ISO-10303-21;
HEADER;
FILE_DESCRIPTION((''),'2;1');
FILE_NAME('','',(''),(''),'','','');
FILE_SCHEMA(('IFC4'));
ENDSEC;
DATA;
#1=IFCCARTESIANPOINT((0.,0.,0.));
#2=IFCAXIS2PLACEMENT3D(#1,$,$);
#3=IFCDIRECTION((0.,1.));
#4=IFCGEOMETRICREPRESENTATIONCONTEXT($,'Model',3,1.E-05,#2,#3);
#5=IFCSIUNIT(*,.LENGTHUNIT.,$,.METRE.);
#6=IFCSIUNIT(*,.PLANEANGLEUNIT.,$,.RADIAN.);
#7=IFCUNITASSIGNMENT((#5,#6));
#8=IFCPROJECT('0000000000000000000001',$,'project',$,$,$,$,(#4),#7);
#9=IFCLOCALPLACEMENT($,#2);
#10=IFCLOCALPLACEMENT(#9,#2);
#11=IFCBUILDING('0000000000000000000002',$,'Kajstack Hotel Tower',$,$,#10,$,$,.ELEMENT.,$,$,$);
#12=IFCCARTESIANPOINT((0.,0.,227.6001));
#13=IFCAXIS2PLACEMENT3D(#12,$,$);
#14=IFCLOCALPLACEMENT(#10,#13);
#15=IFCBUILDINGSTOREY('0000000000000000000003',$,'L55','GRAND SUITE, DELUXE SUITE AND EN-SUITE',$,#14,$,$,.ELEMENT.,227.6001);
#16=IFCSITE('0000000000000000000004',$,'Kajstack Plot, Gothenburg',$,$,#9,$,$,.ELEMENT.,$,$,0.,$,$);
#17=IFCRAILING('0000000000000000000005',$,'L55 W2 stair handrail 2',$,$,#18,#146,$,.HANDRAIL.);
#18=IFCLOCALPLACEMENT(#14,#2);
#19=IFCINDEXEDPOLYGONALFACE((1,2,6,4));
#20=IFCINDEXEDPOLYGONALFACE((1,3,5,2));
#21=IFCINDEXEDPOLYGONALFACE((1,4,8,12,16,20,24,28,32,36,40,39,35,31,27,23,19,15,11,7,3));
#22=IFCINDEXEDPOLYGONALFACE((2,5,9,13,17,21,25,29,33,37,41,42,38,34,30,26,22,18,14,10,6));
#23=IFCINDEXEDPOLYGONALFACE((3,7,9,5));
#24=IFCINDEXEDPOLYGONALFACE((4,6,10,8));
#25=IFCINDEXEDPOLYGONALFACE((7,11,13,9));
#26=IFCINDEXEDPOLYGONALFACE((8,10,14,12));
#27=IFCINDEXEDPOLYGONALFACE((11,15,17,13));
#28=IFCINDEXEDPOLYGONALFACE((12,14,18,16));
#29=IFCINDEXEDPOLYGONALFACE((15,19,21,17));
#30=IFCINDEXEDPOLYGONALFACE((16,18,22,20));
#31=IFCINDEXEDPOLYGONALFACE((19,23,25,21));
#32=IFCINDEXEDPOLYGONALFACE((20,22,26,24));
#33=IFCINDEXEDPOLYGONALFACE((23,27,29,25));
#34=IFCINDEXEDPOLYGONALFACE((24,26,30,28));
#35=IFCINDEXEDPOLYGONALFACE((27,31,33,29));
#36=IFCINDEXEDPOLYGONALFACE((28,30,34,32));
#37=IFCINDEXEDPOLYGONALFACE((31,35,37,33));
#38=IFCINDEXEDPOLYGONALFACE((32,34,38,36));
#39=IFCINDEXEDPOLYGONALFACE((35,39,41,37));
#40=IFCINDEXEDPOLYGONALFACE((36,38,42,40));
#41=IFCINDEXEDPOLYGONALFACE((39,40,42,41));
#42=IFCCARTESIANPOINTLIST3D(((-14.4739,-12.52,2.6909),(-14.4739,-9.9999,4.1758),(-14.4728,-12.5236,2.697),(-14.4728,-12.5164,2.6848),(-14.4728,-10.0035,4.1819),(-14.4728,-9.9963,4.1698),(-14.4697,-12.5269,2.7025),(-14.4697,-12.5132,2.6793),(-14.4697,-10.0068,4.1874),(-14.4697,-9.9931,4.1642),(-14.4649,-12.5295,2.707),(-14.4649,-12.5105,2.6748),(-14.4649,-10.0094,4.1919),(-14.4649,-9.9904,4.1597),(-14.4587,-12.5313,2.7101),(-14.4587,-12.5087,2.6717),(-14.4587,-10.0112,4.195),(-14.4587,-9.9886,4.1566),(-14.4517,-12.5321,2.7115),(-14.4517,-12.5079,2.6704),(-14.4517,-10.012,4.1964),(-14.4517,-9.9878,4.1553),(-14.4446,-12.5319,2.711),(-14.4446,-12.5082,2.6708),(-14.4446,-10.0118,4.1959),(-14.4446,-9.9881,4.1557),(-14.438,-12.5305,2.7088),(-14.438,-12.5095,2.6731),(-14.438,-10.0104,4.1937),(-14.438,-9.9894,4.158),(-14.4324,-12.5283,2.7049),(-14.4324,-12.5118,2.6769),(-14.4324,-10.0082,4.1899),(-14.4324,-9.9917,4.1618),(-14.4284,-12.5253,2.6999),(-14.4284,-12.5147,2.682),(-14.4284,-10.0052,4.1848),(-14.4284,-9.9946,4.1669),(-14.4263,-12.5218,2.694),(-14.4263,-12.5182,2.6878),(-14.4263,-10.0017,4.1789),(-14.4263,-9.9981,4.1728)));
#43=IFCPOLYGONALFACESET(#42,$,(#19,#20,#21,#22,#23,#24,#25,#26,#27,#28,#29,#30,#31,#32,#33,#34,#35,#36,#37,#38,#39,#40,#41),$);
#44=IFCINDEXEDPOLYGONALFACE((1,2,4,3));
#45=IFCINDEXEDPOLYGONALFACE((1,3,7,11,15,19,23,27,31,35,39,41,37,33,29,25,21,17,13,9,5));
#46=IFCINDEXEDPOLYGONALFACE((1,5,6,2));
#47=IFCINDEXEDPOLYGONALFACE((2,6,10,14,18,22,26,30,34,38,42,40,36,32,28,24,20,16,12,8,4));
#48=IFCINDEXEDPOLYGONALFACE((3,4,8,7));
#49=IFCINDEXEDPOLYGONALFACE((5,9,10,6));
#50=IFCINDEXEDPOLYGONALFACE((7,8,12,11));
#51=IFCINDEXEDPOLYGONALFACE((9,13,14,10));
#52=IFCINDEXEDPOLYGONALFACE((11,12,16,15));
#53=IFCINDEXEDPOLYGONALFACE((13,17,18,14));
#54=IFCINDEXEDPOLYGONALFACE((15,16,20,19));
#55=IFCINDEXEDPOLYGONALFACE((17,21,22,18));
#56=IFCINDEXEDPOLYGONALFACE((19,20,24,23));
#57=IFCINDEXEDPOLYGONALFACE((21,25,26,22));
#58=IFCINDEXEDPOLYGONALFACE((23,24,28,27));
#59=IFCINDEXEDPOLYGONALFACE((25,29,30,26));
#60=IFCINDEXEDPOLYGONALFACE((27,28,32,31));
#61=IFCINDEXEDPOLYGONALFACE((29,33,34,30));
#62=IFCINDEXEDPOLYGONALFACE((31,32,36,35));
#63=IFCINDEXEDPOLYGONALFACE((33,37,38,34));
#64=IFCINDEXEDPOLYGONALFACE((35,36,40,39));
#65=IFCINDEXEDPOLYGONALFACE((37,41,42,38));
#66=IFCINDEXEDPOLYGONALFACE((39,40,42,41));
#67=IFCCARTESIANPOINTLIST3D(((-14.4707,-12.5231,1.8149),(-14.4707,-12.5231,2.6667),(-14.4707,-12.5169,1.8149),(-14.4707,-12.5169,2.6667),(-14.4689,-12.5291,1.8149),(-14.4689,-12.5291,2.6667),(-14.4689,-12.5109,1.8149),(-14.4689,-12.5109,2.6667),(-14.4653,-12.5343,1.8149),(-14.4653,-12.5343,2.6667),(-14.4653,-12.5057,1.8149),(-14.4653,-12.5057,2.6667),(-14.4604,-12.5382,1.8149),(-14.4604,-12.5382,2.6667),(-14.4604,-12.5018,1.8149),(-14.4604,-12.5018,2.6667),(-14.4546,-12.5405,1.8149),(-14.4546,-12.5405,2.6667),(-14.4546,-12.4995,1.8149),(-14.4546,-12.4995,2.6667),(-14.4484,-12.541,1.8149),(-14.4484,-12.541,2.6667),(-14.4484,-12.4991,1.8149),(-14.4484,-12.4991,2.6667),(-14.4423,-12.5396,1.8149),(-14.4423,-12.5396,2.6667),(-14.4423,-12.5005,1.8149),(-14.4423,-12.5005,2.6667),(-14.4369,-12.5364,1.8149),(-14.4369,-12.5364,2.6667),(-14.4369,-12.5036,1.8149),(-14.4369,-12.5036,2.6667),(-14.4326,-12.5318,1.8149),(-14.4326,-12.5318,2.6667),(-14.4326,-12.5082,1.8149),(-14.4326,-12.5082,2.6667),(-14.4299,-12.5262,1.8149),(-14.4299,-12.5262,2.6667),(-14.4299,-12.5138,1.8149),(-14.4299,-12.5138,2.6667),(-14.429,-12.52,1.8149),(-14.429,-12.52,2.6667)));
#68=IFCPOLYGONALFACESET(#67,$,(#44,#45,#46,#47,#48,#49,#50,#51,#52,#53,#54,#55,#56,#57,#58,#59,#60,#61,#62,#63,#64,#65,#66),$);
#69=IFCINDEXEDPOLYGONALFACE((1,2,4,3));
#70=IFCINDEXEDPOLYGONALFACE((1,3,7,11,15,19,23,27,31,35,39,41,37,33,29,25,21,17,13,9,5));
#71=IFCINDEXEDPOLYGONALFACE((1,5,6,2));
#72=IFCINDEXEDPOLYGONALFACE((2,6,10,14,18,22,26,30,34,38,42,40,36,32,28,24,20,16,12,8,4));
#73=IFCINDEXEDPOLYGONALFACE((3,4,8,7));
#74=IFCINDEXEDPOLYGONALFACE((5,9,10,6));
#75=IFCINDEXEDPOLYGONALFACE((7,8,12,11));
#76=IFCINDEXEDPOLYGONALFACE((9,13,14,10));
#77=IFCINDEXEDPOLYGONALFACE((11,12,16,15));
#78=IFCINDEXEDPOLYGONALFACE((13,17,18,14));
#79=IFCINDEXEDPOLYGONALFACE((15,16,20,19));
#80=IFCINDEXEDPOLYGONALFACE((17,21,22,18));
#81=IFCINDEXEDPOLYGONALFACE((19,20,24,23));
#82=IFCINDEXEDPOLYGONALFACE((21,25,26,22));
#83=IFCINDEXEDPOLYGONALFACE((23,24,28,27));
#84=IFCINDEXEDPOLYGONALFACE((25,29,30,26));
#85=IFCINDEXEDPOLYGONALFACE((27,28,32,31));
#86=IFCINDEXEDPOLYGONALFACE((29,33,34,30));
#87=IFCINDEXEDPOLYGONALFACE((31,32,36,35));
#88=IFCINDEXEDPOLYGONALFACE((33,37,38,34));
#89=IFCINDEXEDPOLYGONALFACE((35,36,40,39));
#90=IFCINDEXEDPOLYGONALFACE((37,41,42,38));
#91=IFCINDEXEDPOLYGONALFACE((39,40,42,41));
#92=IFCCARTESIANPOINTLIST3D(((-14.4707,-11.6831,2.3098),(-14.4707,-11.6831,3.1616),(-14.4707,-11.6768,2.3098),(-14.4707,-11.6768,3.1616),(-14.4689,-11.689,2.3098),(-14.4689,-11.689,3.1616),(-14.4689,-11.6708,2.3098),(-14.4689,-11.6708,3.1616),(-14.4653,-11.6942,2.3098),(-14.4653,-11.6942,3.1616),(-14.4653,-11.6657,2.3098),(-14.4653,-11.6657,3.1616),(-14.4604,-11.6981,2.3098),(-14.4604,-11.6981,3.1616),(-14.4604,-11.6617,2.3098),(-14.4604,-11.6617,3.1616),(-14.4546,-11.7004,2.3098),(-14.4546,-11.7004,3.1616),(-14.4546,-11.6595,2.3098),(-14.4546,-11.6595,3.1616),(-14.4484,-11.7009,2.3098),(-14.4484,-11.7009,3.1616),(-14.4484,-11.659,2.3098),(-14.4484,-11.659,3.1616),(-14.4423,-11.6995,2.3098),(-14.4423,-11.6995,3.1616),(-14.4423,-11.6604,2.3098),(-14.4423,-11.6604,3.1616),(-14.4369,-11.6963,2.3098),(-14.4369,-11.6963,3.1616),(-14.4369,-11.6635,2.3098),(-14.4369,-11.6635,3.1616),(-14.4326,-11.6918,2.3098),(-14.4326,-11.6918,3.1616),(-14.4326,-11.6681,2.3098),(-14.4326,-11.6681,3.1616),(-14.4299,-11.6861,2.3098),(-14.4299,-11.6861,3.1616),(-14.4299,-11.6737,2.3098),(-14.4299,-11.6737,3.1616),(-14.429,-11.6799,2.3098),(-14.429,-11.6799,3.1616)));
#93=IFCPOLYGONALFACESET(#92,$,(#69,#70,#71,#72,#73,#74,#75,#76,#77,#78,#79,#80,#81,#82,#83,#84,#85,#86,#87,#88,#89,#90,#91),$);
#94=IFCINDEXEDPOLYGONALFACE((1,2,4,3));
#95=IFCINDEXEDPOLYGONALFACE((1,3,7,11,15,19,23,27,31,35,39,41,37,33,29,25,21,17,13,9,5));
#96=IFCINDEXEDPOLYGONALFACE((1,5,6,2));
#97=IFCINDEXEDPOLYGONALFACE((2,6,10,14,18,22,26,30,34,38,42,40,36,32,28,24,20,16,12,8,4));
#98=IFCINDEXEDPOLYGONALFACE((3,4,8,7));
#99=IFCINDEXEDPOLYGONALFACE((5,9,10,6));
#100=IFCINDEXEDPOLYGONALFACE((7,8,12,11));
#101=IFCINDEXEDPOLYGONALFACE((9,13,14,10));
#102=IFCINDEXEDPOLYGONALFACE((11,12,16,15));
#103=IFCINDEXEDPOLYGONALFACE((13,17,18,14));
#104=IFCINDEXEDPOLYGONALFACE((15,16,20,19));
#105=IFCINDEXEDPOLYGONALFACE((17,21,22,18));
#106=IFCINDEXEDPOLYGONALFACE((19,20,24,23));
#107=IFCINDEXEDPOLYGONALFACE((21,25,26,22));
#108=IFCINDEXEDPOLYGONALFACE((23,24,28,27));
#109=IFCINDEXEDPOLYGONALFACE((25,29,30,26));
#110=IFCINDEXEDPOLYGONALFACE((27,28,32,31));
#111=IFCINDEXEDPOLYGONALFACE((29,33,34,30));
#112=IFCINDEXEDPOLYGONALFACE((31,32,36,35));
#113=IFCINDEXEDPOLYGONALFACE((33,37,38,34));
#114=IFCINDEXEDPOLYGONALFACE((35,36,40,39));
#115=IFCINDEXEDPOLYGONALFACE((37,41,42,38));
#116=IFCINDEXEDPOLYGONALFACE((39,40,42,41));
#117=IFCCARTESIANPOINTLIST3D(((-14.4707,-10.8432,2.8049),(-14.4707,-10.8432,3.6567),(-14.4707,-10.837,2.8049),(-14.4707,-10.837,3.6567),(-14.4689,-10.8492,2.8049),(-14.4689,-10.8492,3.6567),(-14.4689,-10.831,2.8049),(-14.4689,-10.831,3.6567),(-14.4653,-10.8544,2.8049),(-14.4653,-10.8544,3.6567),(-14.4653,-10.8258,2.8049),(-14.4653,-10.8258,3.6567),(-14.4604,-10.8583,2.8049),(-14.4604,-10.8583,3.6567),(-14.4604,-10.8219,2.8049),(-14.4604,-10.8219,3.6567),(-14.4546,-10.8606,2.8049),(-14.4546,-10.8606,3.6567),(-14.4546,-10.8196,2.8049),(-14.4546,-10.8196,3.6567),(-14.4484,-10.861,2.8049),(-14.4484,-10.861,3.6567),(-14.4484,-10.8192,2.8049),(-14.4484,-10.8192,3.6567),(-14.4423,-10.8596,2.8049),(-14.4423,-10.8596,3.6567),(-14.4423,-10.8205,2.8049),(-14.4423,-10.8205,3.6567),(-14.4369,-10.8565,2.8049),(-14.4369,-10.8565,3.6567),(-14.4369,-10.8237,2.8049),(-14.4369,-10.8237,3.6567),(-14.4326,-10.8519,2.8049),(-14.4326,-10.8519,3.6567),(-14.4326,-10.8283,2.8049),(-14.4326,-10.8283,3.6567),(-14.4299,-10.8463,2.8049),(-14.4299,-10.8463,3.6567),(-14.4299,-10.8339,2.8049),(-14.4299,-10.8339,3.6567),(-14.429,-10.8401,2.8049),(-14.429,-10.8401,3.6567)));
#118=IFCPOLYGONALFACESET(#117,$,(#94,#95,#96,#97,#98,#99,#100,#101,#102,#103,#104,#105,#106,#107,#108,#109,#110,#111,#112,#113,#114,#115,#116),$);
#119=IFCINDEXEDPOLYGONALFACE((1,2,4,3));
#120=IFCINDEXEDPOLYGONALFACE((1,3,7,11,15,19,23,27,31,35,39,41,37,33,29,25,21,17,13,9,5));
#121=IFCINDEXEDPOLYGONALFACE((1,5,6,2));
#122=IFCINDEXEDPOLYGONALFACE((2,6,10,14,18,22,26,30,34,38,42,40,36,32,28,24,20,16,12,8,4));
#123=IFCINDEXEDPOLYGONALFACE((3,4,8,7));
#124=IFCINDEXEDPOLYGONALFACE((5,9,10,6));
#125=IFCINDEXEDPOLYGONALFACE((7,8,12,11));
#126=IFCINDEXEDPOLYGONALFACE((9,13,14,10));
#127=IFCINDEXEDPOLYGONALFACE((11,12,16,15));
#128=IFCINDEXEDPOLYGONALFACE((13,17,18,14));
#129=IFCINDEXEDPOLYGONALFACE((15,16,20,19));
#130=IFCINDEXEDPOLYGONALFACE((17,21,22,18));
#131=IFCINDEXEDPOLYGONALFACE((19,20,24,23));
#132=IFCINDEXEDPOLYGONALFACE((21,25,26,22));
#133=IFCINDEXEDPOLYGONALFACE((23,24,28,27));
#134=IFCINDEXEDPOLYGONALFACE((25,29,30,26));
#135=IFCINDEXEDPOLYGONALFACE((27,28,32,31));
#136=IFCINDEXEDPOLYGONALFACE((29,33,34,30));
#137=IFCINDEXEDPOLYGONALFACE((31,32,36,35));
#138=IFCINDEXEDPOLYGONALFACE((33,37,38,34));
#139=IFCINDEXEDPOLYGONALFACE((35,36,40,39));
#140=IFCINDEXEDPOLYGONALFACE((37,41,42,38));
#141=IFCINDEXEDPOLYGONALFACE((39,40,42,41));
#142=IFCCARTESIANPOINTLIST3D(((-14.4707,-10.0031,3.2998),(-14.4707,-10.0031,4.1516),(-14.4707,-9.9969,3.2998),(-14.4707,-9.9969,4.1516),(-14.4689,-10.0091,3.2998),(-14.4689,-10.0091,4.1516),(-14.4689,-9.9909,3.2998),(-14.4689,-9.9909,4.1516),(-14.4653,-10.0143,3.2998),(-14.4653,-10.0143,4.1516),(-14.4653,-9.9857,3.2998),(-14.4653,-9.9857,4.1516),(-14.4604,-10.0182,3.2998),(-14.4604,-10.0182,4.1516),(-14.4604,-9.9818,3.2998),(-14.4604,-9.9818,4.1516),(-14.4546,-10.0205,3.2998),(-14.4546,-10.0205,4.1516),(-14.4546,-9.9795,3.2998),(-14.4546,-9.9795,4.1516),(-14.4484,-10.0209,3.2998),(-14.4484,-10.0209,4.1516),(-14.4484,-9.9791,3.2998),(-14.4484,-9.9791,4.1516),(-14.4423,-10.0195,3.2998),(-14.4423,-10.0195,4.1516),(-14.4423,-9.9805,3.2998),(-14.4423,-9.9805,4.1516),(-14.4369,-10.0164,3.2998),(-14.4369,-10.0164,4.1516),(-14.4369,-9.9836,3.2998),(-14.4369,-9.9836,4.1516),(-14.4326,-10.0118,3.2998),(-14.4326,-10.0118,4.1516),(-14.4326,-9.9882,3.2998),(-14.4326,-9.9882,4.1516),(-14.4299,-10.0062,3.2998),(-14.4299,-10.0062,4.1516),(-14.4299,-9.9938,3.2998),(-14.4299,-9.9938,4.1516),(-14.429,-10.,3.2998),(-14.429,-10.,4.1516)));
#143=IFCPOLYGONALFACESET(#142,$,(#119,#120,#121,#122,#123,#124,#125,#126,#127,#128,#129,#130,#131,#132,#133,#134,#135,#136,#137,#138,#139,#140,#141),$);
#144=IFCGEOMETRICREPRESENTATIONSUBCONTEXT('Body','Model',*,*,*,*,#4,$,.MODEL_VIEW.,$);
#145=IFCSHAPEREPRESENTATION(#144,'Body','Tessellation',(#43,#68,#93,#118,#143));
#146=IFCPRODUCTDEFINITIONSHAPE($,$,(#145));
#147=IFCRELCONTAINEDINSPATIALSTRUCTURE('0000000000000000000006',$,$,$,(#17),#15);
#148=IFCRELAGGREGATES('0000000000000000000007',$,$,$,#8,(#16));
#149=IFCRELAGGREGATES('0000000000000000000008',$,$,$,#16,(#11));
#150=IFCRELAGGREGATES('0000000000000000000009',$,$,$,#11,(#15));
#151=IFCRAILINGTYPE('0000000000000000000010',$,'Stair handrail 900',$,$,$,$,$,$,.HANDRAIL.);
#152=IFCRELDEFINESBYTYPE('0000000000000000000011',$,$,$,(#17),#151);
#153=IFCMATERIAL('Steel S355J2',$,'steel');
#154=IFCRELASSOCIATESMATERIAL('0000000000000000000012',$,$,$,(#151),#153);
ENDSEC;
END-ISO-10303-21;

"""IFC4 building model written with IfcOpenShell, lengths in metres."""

from ifc_helpers import new_model, si_unit, direction, frame, origin, origin_2d, place, context, subcontext, project, spatial, circle, extrude, material, type_object, element, save


model = new_model("IFC4")

# Units and contexts
model_context = context("Model", 3, precision=1e-05, world=origin(), true_north=direction((0.0, 1.0)))
body_context = subcontext(model_context, "Body", "Model", "MODEL_VIEW")
ifc_project = project(units=[si_unit("LENGTHUNIT", "METRE"), si_unit("PLANEANGLEUNIT", "RADIAN")], contexts=[model_context])

# Site, building, storey
site_placement = place(None, origin())
site = spatial("IfcSite", under=ifc_project, at=site_placement, Name="Kajstack Plot, Gothenburg", CompositionType="ELEMENT", RefElevation=0.0)
building_placement = place(site_placement, origin())
building = spatial("IfcBuilding", under=site, at=building_placement, Name="Kajstack Hotel Tower", CompositionType="ELEMENT")
storey_placement = place(building_placement, frame((0.0, 0.0, 227.6001)))
storey = spatial("IfcBuildingStorey", under=building, at=storey_placement, Name="L55", Description="GRAND SUITE, DELUXE SUITE AND EN-SUITE", CompositionType="ELEMENT", Elevation=227.6001)

# Railing
ifc_material_1 = material(Name="Steel S355J2", Category="steel")
railing_type_1 = type_object("IfcRailingType", Name="Stair handrail 900", PredefinedType="HANDRAIL", material=ifc_material_1)
railing_1_placement = place(storey_placement, frame((-14.45, -12.52, 1.8149)))
element("IfcRailing", 1, at=railing_1_placement, inside=storey, type_object=railing_type_1, Name="L55 W2 stair handrail 2", PredefinedType="HANDRAIL", context=body_context, shape_type="SweptSolid", body=[
    extrude(circle(Radius=0.0239, at=origin_2d()), frame((0.0, 0.0, 0.876), z_axis=(0.0, 0.861561, 0.507655), x_axis=(-1.0, 0.0, 0.0)), (0.0, 0.0, 1.0), 2.925),
    extrude(circle(Radius=0.021, at=origin_2d()), origin(), (0.0, 0.0, 1.0), 0.8518),
    extrude(circle(Radius=0.021, at=origin_2d()), frame((0.0, 0.8401, 0.4949)), (0.0, 0.0, 1.0), 0.8518),
    extrude(circle(Radius=0.021, at=origin_2d()), frame((0.0, 1.6799, 0.99)), (0.0, 0.0, 1.0), 0.8518),
    extrude(circle(Radius=0.021, at=origin_2d()), frame((0.0, 2.52, 1.4849)), (0.0, 0.0, 1.0), 0.8518),
])

save(model, "model.ifc")
